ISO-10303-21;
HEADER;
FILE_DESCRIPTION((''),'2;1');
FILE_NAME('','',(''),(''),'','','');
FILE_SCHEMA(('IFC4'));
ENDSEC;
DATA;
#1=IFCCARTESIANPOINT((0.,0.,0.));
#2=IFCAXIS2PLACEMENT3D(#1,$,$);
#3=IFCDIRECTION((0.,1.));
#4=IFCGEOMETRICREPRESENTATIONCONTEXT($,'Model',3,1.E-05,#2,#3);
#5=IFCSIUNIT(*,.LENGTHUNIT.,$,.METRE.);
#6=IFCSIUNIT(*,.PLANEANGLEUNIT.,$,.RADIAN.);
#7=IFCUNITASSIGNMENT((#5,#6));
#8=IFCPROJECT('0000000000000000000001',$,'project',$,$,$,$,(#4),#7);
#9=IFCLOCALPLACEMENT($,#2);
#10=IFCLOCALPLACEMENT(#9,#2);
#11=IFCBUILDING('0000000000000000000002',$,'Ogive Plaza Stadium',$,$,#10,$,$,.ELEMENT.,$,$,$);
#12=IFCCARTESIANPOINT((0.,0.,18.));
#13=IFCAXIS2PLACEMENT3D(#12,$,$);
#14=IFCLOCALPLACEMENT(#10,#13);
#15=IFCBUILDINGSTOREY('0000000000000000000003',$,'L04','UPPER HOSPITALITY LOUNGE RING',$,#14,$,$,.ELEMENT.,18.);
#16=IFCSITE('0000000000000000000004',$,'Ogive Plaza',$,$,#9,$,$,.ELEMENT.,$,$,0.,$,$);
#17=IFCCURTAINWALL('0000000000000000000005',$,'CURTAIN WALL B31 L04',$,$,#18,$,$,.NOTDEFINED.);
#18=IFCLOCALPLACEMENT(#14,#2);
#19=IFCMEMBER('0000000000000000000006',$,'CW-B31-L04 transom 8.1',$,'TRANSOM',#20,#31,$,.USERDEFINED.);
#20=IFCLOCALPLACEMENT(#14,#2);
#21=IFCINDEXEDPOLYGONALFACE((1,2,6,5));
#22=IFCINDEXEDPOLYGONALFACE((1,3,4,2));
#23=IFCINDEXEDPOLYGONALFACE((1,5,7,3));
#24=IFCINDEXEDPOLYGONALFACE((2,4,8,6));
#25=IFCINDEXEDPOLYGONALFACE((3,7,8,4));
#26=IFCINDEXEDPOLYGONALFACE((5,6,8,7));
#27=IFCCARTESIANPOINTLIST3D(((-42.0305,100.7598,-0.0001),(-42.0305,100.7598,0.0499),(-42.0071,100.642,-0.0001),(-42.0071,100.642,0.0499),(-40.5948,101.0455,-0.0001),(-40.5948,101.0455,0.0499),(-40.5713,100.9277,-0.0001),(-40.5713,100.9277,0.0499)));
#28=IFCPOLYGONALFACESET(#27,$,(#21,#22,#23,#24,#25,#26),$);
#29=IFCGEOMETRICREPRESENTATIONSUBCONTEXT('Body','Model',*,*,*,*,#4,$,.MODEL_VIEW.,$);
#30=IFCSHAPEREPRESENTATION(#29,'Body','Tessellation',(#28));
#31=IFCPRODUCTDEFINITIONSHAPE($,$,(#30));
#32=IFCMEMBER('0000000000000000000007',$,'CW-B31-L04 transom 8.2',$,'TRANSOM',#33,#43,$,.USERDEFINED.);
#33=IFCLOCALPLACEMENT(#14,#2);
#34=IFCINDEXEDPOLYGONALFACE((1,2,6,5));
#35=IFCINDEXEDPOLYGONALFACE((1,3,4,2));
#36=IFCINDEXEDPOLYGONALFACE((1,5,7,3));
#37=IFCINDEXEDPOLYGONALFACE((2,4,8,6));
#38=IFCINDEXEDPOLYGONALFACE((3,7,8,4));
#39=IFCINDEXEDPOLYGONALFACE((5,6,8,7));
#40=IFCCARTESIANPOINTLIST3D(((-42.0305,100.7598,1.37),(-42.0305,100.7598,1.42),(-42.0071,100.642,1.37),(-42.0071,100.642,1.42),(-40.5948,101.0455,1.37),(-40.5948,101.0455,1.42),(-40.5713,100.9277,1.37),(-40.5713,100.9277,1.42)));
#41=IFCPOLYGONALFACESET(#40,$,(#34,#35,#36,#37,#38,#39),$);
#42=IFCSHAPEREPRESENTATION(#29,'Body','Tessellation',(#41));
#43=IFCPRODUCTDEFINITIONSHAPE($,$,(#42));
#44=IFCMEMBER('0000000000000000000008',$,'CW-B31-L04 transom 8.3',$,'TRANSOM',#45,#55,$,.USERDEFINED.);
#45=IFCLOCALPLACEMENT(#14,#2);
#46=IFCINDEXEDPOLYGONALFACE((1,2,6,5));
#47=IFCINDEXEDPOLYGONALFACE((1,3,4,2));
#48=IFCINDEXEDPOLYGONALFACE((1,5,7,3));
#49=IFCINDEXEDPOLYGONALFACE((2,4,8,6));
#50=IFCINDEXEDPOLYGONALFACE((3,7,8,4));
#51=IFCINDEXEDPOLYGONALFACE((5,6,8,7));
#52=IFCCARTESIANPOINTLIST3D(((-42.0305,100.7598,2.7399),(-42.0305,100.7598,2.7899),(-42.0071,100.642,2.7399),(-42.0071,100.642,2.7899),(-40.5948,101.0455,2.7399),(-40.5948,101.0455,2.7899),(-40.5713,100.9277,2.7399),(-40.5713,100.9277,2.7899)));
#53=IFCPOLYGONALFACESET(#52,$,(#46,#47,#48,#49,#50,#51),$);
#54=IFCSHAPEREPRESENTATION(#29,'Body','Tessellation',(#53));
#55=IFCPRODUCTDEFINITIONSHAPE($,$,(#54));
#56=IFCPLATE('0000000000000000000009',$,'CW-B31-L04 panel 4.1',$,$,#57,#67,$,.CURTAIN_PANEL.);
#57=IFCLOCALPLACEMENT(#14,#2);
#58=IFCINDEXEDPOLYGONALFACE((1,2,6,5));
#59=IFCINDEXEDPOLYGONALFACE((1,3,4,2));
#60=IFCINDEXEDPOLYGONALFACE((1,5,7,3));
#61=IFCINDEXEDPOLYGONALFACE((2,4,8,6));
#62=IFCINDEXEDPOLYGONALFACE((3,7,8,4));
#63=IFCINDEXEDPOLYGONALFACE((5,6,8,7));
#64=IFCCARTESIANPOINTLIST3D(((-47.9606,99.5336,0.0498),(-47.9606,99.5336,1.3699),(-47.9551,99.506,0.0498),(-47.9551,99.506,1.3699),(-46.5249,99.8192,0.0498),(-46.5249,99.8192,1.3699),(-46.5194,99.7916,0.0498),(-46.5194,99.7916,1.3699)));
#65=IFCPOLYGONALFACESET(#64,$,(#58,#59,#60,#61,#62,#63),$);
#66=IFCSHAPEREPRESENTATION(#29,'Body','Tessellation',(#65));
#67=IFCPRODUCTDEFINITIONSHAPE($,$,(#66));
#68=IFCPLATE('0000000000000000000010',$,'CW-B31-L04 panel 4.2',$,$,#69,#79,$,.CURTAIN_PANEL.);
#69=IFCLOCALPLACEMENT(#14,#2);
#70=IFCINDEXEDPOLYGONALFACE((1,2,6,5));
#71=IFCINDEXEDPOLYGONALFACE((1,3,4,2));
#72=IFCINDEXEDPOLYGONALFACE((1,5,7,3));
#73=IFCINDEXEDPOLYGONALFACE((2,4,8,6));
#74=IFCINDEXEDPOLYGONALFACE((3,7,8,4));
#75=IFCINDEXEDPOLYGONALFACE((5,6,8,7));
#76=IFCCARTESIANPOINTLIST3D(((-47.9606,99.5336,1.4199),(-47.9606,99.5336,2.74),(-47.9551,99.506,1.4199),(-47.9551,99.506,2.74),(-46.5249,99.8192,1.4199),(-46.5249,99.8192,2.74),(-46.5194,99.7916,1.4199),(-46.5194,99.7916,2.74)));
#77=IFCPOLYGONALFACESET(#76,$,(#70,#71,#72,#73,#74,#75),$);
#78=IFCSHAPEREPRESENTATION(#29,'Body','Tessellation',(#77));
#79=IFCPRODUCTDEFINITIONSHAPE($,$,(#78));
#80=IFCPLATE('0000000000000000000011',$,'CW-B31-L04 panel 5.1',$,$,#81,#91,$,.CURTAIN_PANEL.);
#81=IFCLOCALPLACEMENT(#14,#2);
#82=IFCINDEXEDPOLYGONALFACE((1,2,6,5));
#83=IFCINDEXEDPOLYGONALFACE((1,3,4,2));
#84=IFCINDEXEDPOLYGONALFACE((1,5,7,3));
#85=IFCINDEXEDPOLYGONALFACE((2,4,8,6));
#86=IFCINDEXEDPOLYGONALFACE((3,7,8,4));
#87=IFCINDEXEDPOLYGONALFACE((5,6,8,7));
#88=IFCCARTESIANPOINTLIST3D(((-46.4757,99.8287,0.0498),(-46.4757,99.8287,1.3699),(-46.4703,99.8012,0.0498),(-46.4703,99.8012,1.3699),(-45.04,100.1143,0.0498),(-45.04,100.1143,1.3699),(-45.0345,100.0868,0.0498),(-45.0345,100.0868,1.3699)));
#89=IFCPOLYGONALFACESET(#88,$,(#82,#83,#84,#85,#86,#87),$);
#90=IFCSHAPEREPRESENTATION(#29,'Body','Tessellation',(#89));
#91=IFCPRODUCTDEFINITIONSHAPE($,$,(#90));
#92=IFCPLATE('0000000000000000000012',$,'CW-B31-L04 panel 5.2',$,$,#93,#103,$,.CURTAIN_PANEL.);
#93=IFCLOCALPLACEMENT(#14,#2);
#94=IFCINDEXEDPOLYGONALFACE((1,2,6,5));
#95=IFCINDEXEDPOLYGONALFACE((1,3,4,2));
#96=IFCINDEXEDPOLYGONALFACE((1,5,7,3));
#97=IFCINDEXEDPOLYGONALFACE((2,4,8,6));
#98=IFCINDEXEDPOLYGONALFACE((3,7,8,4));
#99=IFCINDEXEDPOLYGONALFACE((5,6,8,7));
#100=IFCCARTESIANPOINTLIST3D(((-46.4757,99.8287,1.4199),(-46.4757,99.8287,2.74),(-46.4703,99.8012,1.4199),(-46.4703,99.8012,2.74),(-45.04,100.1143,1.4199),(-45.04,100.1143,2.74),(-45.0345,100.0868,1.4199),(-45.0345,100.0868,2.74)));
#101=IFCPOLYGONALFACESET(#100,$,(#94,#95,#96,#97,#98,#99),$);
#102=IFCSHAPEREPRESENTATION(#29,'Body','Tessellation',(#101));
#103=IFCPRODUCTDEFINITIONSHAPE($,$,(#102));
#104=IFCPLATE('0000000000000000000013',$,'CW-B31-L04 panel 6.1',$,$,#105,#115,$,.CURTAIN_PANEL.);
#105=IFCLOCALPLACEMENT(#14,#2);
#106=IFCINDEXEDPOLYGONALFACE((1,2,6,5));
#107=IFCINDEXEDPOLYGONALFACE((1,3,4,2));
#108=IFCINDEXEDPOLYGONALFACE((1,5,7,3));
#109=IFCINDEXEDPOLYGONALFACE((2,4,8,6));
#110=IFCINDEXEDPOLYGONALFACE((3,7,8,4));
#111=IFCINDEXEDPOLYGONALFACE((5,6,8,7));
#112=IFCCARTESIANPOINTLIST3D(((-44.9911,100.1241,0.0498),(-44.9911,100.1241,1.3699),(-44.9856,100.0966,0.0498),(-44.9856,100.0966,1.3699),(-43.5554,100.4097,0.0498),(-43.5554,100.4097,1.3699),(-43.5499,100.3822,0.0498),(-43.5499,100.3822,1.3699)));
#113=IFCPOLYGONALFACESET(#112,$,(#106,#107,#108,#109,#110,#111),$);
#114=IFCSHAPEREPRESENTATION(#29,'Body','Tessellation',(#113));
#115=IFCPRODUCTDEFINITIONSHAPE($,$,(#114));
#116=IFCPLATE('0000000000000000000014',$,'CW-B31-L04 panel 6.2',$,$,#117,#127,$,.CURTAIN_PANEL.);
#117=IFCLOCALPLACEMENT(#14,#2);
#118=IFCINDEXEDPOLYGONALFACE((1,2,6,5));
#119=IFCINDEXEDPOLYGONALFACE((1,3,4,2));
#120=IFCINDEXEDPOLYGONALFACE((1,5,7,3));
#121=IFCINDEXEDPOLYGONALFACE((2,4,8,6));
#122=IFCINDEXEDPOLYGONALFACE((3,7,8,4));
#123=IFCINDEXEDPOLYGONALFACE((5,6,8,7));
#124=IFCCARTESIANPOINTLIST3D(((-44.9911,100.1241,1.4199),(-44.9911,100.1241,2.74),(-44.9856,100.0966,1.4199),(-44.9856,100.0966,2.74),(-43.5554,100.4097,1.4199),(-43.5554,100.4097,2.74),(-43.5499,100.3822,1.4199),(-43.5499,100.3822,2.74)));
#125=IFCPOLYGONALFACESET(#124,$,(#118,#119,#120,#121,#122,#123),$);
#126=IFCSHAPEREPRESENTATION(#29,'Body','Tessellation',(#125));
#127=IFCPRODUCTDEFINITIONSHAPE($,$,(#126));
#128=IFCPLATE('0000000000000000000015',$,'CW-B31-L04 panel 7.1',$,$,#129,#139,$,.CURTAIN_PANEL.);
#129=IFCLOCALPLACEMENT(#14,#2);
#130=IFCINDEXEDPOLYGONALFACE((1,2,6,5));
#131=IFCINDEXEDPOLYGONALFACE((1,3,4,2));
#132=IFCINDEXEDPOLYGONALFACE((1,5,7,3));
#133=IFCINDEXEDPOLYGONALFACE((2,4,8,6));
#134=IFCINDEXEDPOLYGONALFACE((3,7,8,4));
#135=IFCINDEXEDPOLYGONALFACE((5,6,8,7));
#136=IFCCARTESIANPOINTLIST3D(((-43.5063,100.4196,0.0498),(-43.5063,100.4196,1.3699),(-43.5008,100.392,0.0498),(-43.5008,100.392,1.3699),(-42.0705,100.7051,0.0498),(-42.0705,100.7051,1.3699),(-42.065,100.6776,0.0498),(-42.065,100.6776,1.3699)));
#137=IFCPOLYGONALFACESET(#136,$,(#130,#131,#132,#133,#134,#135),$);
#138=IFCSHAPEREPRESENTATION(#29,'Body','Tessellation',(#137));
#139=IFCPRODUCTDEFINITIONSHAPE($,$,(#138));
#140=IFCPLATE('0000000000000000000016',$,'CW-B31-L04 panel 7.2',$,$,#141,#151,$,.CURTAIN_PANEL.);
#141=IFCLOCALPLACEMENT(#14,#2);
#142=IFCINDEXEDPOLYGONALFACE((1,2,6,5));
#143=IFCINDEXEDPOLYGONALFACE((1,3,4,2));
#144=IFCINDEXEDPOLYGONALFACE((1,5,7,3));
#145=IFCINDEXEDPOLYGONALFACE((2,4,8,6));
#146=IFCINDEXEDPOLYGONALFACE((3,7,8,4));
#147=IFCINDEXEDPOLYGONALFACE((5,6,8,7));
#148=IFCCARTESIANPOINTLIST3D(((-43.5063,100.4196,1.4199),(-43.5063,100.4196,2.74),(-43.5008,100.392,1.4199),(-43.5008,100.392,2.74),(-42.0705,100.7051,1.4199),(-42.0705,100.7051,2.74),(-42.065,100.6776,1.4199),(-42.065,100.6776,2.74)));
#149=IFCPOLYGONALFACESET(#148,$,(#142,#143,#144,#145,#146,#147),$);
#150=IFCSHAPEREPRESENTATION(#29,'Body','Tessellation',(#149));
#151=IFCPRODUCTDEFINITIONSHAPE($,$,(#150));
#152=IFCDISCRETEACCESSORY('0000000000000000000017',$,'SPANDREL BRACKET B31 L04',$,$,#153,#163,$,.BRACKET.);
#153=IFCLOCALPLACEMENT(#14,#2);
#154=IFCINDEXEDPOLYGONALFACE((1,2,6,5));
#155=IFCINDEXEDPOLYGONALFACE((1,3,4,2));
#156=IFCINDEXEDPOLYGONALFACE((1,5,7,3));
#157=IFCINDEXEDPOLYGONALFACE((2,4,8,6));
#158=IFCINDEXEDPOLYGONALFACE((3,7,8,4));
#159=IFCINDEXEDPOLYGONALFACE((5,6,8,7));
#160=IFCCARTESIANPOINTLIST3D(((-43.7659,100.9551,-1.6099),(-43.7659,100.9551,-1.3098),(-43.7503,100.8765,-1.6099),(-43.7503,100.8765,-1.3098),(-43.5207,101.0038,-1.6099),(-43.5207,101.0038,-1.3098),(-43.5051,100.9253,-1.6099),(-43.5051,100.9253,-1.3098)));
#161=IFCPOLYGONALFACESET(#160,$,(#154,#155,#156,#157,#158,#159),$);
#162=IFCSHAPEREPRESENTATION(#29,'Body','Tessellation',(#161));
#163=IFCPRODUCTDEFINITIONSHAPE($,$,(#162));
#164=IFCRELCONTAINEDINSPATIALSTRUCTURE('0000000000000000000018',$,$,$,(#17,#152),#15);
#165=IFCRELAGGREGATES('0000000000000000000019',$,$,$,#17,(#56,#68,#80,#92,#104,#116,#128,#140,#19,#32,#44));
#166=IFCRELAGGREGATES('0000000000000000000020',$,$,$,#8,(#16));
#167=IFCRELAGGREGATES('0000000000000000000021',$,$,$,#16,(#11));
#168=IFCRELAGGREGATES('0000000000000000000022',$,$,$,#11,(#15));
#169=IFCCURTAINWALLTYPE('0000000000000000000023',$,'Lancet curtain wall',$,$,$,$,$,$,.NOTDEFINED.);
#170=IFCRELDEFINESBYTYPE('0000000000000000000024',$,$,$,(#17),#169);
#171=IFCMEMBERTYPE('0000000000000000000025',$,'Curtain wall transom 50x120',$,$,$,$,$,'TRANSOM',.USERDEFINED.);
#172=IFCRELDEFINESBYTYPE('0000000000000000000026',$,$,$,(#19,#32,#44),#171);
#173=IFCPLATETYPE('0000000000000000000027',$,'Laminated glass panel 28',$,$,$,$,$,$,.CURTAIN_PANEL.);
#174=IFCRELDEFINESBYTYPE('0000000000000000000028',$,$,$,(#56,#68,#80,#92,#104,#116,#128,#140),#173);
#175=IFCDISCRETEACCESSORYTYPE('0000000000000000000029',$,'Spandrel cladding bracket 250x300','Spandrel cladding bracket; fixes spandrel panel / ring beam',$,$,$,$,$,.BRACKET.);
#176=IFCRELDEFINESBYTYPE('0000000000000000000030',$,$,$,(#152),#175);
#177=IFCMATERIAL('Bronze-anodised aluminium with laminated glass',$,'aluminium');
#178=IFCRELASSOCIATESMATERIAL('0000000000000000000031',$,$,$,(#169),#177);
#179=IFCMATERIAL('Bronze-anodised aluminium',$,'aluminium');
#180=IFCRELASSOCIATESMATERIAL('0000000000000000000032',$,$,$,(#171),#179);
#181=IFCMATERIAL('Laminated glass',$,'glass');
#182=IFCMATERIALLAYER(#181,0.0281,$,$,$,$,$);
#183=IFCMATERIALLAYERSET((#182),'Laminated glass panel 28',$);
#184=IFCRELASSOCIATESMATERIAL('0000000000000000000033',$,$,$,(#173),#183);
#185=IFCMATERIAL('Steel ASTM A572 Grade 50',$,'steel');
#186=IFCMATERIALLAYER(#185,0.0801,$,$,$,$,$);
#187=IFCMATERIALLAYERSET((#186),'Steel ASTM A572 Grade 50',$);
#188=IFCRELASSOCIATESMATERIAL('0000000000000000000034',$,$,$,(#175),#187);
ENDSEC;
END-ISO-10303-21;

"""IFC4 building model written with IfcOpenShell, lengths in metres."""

from ifc_helpers import new_model, si_unit, direction, frame, origin, origin_2d, place, context, subcontext, project, spatial, rectangle, extrude, material, layer, layer_set, material_profile, profile_set, type_object, element, aggregate, save


model = new_model("IFC4")

# Units and contexts
model_context = context("Model", 3, precision=1e-05, world=origin(), true_north=direction((0.0, 1.0)))
body_context = subcontext(model_context, "Body", "Model", "MODEL_VIEW")
ifc_project = project(units=[si_unit("LENGTHUNIT", "METRE"), si_unit("PLANEANGLEUNIT", "RADIAN")], contexts=[model_context])

# Site, building, storey
site_placement = place(None, origin())
site = spatial("IfcSite", under=ifc_project, at=site_placement, Name="Ogive Plaza", CompositionType="ELEMENT", RefElevation=0.0)
building_placement = place(site_placement, origin())
building = spatial("IfcBuilding", under=site, at=building_placement, Name="Ogive Plaza Stadium", CompositionType="ELEMENT")
storey_placement = place(building_placement, frame((0.0, 0.0, 18.0)))
storey = spatial("IfcBuildingStorey", under=building, at=storey_placement, Name="L04", Description="UPPER HOSPITALITY LOUNGE RING", CompositionType="ELEMENT", Elevation=18.0)

# Curtain wall, members, plates
ifc_material_1 = material(Name="Bronze-anodised aluminium with laminated glass", Category="aluminium")
curtain_wall_type = type_object("IfcCurtainWallType", Name="Lancet curtain wall", PredefinedType="NOTDEFINED", material=ifc_material_1)
curtain_wall_placement = place(storey_placement, origin())
curtain_wall = element("IfcCurtainWall", 1, at=curtain_wall_placement, inside=storey, type_object=curtain_wall_type, Name="CURTAIN WALL B31 L04", PredefinedType="NOTDEFINED")
ifc_material_2 = material(Name="Bronze-anodised aluminium", Category="aluminium")
ifc_material_profile_1 = material_profile(ifc_material_2, rectangle(XDim=0.1201, YDim=0.05, at=origin_2d()), Name="AL 120x50")
ifc_profile_set_1 = profile_set([ifc_material_profile_1], Name="Bronze-anodised aluminium")
member_type_1 = type_object("IfcMemberType", Name="Curtain wall transom 50x120", ElementType="TRANSOM", PredefinedType="USERDEFINED", material=ifc_profile_set_1)
member_1_placement = place(storey_placement, frame((-42.0188, 100.7009, 0.0249), z_axis=(0.980779, 0.195122, 0.0), x_axis=(-0.195122, 0.980779, 0.0)))
member_1 = element("IfcMember", 2, at=member_1_placement, type_object=member_type_1, Name="CW-B31-L04 transom 8.1", ObjectType="TRANSOM", PredefinedType="USERDEFINED", context=body_context, shape_type="SweptSolid", body=[
    extrude(rectangle(XDim=0.1201, YDim=0.05, at=origin_2d()), origin(), (0.0, 0.0, 1.0), 1.4639),
])
member_2_placement = place(storey_placement, frame((-42.0188, 100.7009, 1.395), z_axis=(0.980779, 0.195122, 0.0), x_axis=(-0.195122, 0.980779, 0.0)))
member_2 = element("IfcMember", 3, at=member_2_placement, type_object=member_type_1, Name="CW-B31-L04 transom 8.2", ObjectType="TRANSOM", PredefinedType="USERDEFINED", context=body_context, shape_type="SweptSolid", body=[
    extrude(rectangle(XDim=0.1201, YDim=0.05, at=origin_2d()), origin(), (0.0, 0.0, 1.0), 1.4639),
])
member_3_placement = place(storey_placement, frame((-42.0188, 100.7009, 2.7649), z_axis=(0.980779, 0.195122, 0.0), x_axis=(-0.195122, 0.980779, 0.0)))
member_3 = element("IfcMember", 4, at=member_3_placement, type_object=member_type_1, Name="CW-B31-L04 transom 8.3", ObjectType="TRANSOM", PredefinedType="USERDEFINED", context=body_context, shape_type="SweptSolid", body=[
    extrude(rectangle(XDim=0.1201, YDim=0.05, at=origin_2d()), origin(), (0.0, 0.0, 1.0), 1.4639),
])
ifc_material_3 = material(Name="Laminated glass", Category="glass")
ifc_layer_1 = layer(ifc_material_3, 0.0281)
ifc_layer_set_1 = layer_set([ifc_layer_1], Name="Laminated glass panel 28")
plate_type = type_object("IfcPlateType", Name="Laminated glass panel 28", PredefinedType="CURTAIN_PANEL", material=ifc_layer_set_1)
plate_1_placement = place(storey_placement, frame((-47.24, 99.6626, 0.0498), z_axis=(0.0, 0.0, 1.0), x_axis=(0.980785, 0.19509, 0.0)))
plate_1 = element("IfcPlate", 5, at=plate_1_placement, type_object=plate_type, Name="CW-B31-L04 panel 4.1", PredefinedType="CURTAIN_PANEL", context=body_context, shape_type="SweptSolid", body=[
    extrude(rectangle(XDim=1.4639, YDim=0.0281, at=origin_2d()), origin(), (0.0, 0.0, 1.0), 1.3201),
])
plate_2_placement = place(storey_placement, frame((-47.24, 99.6626, 1.4199), z_axis=(0.0, 0.0, 1.0), x_axis=(0.980785, 0.19509, 0.0)))
plate_2 = element("IfcPlate", 6, at=plate_2_placement, type_object=plate_type, Name="CW-B31-L04 panel 4.2", PredefinedType="CURTAIN_PANEL", context=body_context, shape_type="SweptSolid", body=[
    extrude(rectangle(XDim=1.4639, YDim=0.0281, at=origin_2d()), origin(), (0.0, 0.0, 1.0), 1.3201),
])
plate_3_placement = place(storey_placement, frame((-45.7551, 99.9578, 0.0498), z_axis=(0.0, 0.0, 1.0), x_axis=(0.980785, 0.19509, 0.0)))
plate_3 = element("IfcPlate", 7, at=plate_3_placement, type_object=plate_type, Name="CW-B31-L04 panel 5.1", PredefinedType="CURTAIN_PANEL", context=body_context, shape_type="SweptSolid", body=[
    extrude(rectangle(XDim=1.4639, YDim=0.0281, at=origin_2d()), origin(), (0.0, 0.0, 1.0), 1.3201),
])
plate_4_placement = place(storey_placement, frame((-45.7551, 99.9578, 1.4199), z_axis=(0.0, 0.0, 1.0), x_axis=(0.980785, 0.19509, 0.0)))
plate_4 = element("IfcPlate", 8, at=plate_4_placement, type_object=plate_type, Name="CW-B31-L04 panel 5.2", PredefinedType="CURTAIN_PANEL", context=body_context, shape_type="SweptSolid", body=[
    extrude(rectangle(XDim=1.4639, YDim=0.0281, at=origin_2d()), origin(), (0.0, 0.0, 1.0), 1.3201),
])
plate_5_placement = place(storey_placement, frame((-44.2705, 100.2532, 0.0498), z_axis=(0.0, 0.0, 1.0), x_axis=(0.980785, 0.19509, 0.0)))
plate_5 = element("IfcPlate", 9, at=plate_5_placement, type_object=plate_type, Name="CW-B31-L04 panel 6.1", PredefinedType="CURTAIN_PANEL", context=body_context, shape_type="SweptSolid", body=[
    extrude(rectangle(XDim=1.4639, YDim=0.0281, at=origin_2d()), origin(), (0.0, 0.0, 1.0), 1.3201),
])
plate_6_placement = place(storey_placement, frame((-44.2705, 100.2532, 1.4199), z_axis=(0.0, 0.0, 1.0), x_axis=(0.980785, 0.19509, 0.0)))
plate_6 = element("IfcPlate", 10, at=plate_6_placement, type_object=plate_type, Name="CW-B31-L04 panel 6.2", PredefinedType="CURTAIN_PANEL", context=body_context, shape_type="SweptSolid", body=[
    extrude(rectangle(XDim=1.4639, YDim=0.0281, at=origin_2d()), origin(), (0.0, 0.0, 1.0), 1.3201),
])
plate_7_placement = place(storey_placement, frame((-42.7856, 100.5486, 0.0498), z_axis=(0.0, 0.0, 1.0), x_axis=(0.980785, 0.19509, 0.0)))
plate_7 = element("IfcPlate", 11, at=plate_7_placement, type_object=plate_type, Name="CW-B31-L04 panel 7.1", PredefinedType="CURTAIN_PANEL", context=body_context, shape_type="SweptSolid", body=[
    extrude(rectangle(XDim=1.4639, YDim=0.0281, at=origin_2d()), origin(), (0.0, 0.0, 1.0), 1.3201),
])
plate_8_placement = place(storey_placement, frame((-42.7856, 100.5486, 1.4199), z_axis=(0.0, 0.0, 1.0), x_axis=(0.980785, 0.19509, 0.0)))
plate_8 = element("IfcPlate", 12, at=plate_8_placement, type_object=plate_type, Name="CW-B31-L04 panel 7.2", PredefinedType="CURTAIN_PANEL", context=body_context, shape_type="SweptSolid", body=[
    extrude(rectangle(XDim=1.4639, YDim=0.0281, at=origin_2d()), origin(), (0.0, 0.0, 1.0), 1.3201),
])
aggregate(curtain_wall, [plate_1, plate_2, plate_3, plate_4, plate_5, plate_6, plate_7, plate_8, member_1, member_2, member_3])

# Discrete accessory
ifc_material_4 = material(Name="Steel ASTM A572 Grade 50", Category="steel")
ifc_layer_2 = layer(ifc_material_4, 0.0801)
ifc_layer_set_2 = layer_set([ifc_layer_2], Name="Steel ASTM A572 Grade 50")
discrete_accessory_type = type_object("IfcDiscreteAccessoryType", Name="Spandrel cladding bracket 250x300", Description="Spandrel cladding bracket; fixes spandrel panel / ring beam", PredefinedType="BRACKET", material=ifc_layer_set_2)
discrete_accessory_placement = place(storey_placement, frame((-43.6355, 100.9402, -1.6099), z_axis=(0.0, 0.0, 1.0), x_axis=(0.980785, 0.19509, 0.0)))
element("IfcDiscreteAccessory", 13, at=discrete_accessory_placement, inside=storey, type_object=discrete_accessory_type, Name="SPANDREL BRACKET B31 L04", PredefinedType="BRACKET", context=body_context, shape_type="SweptSolid", body=[
    extrude(rectangle(XDim=0.25, YDim=0.0801, at=origin_2d()), origin(), (0.0, 0.0, 1.0), 0.3),
])

save(model, "model.ifc")
